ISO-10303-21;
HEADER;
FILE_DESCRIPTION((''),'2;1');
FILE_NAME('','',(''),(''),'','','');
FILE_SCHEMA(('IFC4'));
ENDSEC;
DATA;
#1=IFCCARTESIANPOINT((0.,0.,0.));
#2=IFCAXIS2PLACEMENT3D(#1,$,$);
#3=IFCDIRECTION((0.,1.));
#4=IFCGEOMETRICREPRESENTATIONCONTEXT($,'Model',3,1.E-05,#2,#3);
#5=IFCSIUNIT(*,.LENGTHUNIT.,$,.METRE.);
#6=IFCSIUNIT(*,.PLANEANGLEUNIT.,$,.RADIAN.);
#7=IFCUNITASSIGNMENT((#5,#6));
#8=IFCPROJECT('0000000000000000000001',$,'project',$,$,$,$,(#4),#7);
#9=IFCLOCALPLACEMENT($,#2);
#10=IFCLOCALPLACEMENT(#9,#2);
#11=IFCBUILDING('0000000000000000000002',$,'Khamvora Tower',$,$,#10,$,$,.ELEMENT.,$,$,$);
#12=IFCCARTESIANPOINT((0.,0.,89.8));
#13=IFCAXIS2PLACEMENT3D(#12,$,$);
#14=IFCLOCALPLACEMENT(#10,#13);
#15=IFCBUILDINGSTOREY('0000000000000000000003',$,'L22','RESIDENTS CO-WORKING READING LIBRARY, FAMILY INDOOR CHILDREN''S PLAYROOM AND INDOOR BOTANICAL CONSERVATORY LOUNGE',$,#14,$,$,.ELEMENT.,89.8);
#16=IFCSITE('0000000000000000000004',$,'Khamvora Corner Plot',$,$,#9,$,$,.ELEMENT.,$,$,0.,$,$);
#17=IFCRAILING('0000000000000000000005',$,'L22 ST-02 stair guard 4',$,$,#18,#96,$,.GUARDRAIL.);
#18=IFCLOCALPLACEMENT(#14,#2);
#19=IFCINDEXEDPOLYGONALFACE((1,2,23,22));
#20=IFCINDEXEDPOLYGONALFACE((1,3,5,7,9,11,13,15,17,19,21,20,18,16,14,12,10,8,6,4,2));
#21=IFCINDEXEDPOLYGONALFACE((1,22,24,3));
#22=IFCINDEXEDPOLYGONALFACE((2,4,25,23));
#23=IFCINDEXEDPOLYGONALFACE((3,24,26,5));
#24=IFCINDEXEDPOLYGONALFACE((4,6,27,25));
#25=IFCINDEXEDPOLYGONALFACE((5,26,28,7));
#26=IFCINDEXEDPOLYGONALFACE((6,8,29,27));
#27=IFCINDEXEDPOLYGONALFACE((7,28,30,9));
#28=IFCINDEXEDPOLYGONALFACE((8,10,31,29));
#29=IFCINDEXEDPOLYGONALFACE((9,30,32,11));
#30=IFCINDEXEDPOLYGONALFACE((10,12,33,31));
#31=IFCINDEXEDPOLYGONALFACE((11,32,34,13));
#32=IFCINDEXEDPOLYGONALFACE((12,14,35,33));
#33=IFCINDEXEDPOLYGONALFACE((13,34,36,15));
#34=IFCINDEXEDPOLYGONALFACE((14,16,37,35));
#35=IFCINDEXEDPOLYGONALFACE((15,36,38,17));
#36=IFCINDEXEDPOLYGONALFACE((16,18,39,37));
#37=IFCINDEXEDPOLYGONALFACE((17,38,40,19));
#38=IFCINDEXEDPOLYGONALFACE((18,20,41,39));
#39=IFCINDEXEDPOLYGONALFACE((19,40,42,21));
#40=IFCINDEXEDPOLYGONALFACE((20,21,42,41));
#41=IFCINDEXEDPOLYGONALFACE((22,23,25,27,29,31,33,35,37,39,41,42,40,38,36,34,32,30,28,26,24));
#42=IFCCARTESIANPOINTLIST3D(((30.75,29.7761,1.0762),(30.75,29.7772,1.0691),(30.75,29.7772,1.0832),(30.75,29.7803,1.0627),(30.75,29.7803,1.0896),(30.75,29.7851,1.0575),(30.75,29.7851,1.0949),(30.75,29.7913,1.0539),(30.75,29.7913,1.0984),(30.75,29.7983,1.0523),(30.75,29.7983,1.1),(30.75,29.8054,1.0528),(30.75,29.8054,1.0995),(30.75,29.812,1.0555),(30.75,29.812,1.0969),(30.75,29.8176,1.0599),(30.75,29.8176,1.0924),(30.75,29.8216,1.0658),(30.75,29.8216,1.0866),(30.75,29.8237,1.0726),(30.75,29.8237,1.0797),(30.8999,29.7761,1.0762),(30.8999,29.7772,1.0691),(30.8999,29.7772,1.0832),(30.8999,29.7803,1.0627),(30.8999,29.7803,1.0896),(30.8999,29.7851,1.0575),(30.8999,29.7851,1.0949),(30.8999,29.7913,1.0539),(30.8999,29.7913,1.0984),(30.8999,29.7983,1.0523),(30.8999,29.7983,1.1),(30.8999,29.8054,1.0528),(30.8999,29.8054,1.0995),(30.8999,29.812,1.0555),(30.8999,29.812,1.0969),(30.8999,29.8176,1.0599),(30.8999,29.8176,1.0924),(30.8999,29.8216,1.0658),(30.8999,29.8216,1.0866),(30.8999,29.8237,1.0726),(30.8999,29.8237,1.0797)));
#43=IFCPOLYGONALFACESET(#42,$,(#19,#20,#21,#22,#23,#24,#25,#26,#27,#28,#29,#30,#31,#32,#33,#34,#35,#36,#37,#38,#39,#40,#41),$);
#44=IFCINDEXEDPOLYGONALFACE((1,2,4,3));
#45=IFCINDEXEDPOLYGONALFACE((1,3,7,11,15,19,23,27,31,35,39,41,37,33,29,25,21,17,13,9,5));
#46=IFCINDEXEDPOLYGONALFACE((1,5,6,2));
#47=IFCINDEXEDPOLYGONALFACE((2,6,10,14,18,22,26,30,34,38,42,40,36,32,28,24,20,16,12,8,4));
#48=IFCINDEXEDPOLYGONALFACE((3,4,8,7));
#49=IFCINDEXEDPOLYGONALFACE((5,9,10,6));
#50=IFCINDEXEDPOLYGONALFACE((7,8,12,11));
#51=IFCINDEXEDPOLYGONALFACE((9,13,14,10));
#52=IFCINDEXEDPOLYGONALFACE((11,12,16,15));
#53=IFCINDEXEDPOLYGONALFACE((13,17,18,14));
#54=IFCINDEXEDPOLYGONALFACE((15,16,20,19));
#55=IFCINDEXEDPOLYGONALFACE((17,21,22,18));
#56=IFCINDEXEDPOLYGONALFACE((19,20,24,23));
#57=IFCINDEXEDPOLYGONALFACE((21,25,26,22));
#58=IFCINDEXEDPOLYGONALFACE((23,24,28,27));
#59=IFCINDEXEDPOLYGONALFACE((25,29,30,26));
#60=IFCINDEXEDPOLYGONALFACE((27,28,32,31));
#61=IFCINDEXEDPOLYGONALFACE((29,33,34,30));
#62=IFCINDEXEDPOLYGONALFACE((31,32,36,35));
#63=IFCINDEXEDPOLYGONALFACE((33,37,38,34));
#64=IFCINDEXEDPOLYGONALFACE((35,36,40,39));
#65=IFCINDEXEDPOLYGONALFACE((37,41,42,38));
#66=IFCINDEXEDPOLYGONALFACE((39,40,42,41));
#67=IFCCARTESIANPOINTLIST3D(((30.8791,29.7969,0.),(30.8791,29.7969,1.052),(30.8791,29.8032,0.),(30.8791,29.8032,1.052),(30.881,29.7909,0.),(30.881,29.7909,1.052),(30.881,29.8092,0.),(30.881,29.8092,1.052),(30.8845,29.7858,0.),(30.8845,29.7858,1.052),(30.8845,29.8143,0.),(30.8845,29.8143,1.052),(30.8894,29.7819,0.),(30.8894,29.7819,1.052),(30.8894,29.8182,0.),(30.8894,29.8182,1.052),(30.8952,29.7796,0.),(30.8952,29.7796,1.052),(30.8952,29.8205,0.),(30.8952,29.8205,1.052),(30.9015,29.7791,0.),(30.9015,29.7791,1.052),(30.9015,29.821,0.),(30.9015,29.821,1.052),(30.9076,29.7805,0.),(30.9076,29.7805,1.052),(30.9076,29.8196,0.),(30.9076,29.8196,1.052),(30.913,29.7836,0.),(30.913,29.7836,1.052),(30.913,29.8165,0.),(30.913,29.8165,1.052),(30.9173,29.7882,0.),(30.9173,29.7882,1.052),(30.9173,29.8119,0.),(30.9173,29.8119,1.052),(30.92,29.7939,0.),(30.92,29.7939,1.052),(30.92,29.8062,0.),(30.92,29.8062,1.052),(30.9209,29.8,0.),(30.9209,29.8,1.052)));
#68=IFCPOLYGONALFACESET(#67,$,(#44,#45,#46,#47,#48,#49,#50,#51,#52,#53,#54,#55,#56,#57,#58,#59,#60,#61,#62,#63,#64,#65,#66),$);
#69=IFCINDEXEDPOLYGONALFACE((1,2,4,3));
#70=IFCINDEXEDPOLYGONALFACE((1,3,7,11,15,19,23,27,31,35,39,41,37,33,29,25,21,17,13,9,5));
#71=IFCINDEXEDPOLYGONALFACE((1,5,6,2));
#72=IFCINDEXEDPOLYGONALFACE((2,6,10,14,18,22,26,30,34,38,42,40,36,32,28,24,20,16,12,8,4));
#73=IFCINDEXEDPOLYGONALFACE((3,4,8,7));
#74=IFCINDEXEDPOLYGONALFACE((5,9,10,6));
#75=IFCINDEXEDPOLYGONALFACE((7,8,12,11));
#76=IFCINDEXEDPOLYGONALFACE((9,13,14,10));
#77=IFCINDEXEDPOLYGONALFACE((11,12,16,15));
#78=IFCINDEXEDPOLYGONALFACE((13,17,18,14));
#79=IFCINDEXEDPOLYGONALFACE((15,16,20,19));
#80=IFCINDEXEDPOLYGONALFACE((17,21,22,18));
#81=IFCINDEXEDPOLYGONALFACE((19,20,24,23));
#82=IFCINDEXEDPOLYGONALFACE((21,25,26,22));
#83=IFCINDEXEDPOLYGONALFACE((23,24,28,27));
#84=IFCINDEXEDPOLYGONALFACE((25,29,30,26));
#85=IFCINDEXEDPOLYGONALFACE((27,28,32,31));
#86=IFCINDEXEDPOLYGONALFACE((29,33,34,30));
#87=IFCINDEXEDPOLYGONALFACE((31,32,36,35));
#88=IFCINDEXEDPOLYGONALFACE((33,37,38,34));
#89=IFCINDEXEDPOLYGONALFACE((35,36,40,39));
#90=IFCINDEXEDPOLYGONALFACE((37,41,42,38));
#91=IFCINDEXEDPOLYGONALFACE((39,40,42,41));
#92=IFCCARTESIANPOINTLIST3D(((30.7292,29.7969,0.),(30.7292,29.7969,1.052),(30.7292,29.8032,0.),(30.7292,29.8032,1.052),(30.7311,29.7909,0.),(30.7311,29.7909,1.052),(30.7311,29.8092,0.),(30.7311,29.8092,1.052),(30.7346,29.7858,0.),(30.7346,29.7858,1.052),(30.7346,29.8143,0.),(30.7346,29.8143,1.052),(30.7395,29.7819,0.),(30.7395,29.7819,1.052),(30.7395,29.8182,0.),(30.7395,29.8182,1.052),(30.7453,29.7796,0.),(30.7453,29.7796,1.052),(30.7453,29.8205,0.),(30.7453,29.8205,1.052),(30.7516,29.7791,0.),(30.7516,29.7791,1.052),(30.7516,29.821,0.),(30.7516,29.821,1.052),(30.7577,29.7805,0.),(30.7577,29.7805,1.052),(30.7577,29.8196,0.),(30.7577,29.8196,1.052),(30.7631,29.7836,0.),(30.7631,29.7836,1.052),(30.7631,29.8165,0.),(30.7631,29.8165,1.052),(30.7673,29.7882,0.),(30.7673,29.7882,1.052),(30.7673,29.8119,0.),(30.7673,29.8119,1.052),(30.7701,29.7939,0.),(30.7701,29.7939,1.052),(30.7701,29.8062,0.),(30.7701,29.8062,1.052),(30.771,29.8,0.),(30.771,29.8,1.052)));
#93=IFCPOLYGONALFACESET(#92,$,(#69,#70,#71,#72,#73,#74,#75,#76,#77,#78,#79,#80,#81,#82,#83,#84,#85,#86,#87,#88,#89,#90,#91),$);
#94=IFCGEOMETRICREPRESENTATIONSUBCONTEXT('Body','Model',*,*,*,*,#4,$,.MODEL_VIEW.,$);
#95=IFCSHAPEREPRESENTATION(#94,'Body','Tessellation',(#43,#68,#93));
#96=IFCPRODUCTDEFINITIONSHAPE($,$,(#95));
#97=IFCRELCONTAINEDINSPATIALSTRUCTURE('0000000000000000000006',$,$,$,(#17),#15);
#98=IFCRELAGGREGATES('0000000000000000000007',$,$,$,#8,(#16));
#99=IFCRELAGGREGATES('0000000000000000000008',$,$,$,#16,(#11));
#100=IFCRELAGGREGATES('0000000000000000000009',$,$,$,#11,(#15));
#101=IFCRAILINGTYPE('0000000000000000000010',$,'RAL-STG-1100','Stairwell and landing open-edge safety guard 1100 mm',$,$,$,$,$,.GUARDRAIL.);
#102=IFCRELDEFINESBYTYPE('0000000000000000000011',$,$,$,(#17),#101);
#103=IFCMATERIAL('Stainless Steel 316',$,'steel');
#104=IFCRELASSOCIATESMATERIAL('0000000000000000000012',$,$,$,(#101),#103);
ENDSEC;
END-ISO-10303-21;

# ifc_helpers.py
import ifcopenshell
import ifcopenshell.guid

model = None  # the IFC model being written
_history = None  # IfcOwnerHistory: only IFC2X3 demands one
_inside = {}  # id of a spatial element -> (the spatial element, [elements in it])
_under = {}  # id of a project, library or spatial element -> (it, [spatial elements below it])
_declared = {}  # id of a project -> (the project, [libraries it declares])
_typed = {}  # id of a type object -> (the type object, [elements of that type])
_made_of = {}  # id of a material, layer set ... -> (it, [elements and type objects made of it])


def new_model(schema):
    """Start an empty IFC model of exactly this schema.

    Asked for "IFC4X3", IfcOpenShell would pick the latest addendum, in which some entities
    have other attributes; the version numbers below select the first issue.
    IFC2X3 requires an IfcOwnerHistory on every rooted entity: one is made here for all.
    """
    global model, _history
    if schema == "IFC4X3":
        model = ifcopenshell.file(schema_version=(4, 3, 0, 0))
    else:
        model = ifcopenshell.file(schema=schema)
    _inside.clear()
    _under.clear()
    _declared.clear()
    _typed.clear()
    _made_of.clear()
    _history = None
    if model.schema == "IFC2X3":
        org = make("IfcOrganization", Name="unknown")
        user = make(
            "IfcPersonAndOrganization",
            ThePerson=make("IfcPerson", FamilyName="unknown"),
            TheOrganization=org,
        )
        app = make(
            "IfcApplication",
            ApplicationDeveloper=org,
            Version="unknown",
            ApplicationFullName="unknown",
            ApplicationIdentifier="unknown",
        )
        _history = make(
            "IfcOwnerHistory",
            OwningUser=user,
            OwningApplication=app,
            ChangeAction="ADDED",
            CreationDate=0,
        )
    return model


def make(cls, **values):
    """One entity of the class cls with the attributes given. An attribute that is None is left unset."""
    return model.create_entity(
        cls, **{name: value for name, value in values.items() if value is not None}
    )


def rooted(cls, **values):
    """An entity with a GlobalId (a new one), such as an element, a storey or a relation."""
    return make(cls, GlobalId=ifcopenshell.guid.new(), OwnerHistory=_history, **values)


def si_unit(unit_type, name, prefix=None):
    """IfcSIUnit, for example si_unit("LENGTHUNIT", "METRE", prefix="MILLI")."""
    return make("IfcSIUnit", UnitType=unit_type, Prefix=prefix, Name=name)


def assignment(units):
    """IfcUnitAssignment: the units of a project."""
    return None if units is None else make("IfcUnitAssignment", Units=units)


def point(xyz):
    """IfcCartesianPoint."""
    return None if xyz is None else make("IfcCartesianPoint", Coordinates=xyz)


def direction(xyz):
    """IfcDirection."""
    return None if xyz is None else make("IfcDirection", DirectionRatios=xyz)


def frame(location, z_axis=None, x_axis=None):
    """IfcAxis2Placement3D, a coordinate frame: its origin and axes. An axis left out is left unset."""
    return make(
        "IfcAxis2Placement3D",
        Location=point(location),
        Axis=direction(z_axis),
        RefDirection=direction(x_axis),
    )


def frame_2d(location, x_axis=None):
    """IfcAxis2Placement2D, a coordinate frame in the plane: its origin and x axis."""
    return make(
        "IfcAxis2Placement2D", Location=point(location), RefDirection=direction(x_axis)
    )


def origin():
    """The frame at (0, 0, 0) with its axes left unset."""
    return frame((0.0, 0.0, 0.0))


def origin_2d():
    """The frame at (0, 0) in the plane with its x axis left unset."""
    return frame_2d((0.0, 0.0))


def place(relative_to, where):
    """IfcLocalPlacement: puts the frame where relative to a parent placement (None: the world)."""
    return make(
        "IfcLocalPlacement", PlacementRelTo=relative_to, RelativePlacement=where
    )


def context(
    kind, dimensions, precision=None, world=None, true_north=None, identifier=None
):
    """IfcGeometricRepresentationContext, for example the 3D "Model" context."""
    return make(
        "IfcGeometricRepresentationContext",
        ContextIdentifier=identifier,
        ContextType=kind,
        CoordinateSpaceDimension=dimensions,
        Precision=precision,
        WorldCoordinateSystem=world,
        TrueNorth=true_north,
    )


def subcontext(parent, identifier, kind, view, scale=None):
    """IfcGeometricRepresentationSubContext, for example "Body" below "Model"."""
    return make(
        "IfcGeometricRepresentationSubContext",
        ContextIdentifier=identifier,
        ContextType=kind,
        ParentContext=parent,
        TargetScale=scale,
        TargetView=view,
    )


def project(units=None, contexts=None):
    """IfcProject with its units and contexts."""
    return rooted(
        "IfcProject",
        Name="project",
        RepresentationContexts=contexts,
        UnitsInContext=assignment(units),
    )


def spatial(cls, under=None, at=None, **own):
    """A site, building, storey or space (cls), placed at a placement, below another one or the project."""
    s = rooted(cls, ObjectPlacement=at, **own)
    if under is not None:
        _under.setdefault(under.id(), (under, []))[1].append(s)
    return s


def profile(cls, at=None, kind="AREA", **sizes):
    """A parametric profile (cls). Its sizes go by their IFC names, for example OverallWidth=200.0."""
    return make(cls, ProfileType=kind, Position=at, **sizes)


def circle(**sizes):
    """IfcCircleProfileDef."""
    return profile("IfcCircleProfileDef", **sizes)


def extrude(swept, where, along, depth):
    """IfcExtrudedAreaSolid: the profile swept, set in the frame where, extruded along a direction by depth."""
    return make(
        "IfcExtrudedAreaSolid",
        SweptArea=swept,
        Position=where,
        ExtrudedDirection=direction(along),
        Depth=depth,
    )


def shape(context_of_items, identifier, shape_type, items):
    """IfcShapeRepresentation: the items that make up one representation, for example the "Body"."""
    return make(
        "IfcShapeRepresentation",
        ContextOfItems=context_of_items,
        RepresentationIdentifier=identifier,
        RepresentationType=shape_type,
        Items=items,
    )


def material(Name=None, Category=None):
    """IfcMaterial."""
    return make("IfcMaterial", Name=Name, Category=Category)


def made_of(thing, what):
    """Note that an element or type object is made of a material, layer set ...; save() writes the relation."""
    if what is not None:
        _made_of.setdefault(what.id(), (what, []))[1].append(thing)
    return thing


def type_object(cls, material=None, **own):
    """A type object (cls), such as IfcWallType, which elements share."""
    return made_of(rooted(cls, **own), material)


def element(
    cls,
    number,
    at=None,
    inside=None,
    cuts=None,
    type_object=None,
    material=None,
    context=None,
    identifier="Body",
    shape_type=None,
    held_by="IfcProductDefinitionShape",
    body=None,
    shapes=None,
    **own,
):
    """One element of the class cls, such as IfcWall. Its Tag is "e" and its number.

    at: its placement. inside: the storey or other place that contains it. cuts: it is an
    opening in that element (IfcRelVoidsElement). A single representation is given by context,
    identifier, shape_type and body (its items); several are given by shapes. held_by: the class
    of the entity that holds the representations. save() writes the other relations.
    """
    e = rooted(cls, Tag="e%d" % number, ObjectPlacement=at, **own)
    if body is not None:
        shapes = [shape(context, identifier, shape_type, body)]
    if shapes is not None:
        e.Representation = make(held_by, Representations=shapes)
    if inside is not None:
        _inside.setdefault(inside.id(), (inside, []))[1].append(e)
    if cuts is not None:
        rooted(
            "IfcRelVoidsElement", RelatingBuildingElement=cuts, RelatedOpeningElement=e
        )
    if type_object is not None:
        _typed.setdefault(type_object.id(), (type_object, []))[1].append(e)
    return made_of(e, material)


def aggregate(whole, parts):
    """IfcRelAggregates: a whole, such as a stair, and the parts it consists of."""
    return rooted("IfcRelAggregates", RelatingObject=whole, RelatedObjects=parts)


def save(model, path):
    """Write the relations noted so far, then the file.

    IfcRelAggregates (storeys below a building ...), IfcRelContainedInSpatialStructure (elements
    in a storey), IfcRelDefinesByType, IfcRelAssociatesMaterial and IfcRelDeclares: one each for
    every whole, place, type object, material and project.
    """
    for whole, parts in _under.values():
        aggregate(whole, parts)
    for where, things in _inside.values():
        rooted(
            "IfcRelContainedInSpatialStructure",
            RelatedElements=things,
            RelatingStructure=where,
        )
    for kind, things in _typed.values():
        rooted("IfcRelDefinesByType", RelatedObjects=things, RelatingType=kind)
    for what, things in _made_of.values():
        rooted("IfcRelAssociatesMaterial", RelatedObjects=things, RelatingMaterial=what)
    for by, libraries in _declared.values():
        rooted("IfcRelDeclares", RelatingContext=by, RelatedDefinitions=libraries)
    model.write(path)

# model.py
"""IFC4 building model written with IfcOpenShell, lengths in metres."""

from ifc_helpers import new_model, si_unit, direction, frame, origin, origin_2d, place, context, subcontext, project, spatial, circle, extrude, material, type_object, element, save


model = new_model("IFC4")

# Units and contexts
model_context = context("Model", 3, precision=1e-05, world=origin(), true_north=direction((0.0, 1.0)))
body_context = subcontext(model_context, "Body", "Model", "MODEL_VIEW")
ifc_project = project(units=[si_unit("LENGTHUNIT", "METRE"), si_unit("PLANEANGLEUNIT", "RADIAN")], contexts=[model_context])

# Site, building, storey
site_placement = place(None, origin())
site = spatial("IfcSite", under=ifc_project, at=site_placement, Name="Khamvora Corner Plot", CompositionType="ELEMENT", RefElevation=0.0)
building_placement = place(site_placement, origin())
building = spatial("IfcBuilding", under=site, at=building_placement, Name="Khamvora Tower", CompositionType="ELEMENT")
storey_placement = place(building_placement, frame((0.0, 0.0, 89.8)))
storey = spatial("IfcBuildingStorey", under=building, at=storey_placement, Name="L22", Description="RESIDENTS CO-WORKING READING LIBRARY, FAMILY INDOOR CHILDREN'S PLAYROOM AND INDOOR BOTANICAL CONSERVATORY LOUNGE", CompositionType="ELEMENT", Elevation=89.8)

# Railing
ifc_material_1 = material(Name="Stainless Steel 316", Category="steel")
railing_type_1 = type_object("IfcRailingType", Name="RAL-STG-1100", Description="Stairwell and landing open-edge safety guard 1100 mm", PredefinedType="GUARDRAIL", material=ifc_material_1)
railing_1_placement = place(storey_placement, frame((30.8999, 29.8, 0.0)))
element("IfcRailing", 1, at=railing_1_placement, inside=storey, type_object=railing_type_1, Name="L22 ST-02 stair guard 4", PredefinedType="GUARDRAIL", context=body_context, shape_type="SweptSolid", body=[
    extrude(circle(Radius=0.0239, at=origin_2d()), frame((0.0, 0.0, 1.0762), z_axis=(-1.0, 0.0, 0.0), x_axis=(0.0, -1.0, 0.0)), (0.0, 0.0, 1.0), 0.1499),
    extrude(circle(Radius=0.021, at=origin_2d()), origin(), (0.0, 0.0, 1.0), 1.052),
    extrude(circle(Radius=0.021, at=origin_2d()), frame((-0.1499, 0.0, 0.0)), (0.0, 0.0, 1.0), 1.052),
])

save(model, "model.ifc")
